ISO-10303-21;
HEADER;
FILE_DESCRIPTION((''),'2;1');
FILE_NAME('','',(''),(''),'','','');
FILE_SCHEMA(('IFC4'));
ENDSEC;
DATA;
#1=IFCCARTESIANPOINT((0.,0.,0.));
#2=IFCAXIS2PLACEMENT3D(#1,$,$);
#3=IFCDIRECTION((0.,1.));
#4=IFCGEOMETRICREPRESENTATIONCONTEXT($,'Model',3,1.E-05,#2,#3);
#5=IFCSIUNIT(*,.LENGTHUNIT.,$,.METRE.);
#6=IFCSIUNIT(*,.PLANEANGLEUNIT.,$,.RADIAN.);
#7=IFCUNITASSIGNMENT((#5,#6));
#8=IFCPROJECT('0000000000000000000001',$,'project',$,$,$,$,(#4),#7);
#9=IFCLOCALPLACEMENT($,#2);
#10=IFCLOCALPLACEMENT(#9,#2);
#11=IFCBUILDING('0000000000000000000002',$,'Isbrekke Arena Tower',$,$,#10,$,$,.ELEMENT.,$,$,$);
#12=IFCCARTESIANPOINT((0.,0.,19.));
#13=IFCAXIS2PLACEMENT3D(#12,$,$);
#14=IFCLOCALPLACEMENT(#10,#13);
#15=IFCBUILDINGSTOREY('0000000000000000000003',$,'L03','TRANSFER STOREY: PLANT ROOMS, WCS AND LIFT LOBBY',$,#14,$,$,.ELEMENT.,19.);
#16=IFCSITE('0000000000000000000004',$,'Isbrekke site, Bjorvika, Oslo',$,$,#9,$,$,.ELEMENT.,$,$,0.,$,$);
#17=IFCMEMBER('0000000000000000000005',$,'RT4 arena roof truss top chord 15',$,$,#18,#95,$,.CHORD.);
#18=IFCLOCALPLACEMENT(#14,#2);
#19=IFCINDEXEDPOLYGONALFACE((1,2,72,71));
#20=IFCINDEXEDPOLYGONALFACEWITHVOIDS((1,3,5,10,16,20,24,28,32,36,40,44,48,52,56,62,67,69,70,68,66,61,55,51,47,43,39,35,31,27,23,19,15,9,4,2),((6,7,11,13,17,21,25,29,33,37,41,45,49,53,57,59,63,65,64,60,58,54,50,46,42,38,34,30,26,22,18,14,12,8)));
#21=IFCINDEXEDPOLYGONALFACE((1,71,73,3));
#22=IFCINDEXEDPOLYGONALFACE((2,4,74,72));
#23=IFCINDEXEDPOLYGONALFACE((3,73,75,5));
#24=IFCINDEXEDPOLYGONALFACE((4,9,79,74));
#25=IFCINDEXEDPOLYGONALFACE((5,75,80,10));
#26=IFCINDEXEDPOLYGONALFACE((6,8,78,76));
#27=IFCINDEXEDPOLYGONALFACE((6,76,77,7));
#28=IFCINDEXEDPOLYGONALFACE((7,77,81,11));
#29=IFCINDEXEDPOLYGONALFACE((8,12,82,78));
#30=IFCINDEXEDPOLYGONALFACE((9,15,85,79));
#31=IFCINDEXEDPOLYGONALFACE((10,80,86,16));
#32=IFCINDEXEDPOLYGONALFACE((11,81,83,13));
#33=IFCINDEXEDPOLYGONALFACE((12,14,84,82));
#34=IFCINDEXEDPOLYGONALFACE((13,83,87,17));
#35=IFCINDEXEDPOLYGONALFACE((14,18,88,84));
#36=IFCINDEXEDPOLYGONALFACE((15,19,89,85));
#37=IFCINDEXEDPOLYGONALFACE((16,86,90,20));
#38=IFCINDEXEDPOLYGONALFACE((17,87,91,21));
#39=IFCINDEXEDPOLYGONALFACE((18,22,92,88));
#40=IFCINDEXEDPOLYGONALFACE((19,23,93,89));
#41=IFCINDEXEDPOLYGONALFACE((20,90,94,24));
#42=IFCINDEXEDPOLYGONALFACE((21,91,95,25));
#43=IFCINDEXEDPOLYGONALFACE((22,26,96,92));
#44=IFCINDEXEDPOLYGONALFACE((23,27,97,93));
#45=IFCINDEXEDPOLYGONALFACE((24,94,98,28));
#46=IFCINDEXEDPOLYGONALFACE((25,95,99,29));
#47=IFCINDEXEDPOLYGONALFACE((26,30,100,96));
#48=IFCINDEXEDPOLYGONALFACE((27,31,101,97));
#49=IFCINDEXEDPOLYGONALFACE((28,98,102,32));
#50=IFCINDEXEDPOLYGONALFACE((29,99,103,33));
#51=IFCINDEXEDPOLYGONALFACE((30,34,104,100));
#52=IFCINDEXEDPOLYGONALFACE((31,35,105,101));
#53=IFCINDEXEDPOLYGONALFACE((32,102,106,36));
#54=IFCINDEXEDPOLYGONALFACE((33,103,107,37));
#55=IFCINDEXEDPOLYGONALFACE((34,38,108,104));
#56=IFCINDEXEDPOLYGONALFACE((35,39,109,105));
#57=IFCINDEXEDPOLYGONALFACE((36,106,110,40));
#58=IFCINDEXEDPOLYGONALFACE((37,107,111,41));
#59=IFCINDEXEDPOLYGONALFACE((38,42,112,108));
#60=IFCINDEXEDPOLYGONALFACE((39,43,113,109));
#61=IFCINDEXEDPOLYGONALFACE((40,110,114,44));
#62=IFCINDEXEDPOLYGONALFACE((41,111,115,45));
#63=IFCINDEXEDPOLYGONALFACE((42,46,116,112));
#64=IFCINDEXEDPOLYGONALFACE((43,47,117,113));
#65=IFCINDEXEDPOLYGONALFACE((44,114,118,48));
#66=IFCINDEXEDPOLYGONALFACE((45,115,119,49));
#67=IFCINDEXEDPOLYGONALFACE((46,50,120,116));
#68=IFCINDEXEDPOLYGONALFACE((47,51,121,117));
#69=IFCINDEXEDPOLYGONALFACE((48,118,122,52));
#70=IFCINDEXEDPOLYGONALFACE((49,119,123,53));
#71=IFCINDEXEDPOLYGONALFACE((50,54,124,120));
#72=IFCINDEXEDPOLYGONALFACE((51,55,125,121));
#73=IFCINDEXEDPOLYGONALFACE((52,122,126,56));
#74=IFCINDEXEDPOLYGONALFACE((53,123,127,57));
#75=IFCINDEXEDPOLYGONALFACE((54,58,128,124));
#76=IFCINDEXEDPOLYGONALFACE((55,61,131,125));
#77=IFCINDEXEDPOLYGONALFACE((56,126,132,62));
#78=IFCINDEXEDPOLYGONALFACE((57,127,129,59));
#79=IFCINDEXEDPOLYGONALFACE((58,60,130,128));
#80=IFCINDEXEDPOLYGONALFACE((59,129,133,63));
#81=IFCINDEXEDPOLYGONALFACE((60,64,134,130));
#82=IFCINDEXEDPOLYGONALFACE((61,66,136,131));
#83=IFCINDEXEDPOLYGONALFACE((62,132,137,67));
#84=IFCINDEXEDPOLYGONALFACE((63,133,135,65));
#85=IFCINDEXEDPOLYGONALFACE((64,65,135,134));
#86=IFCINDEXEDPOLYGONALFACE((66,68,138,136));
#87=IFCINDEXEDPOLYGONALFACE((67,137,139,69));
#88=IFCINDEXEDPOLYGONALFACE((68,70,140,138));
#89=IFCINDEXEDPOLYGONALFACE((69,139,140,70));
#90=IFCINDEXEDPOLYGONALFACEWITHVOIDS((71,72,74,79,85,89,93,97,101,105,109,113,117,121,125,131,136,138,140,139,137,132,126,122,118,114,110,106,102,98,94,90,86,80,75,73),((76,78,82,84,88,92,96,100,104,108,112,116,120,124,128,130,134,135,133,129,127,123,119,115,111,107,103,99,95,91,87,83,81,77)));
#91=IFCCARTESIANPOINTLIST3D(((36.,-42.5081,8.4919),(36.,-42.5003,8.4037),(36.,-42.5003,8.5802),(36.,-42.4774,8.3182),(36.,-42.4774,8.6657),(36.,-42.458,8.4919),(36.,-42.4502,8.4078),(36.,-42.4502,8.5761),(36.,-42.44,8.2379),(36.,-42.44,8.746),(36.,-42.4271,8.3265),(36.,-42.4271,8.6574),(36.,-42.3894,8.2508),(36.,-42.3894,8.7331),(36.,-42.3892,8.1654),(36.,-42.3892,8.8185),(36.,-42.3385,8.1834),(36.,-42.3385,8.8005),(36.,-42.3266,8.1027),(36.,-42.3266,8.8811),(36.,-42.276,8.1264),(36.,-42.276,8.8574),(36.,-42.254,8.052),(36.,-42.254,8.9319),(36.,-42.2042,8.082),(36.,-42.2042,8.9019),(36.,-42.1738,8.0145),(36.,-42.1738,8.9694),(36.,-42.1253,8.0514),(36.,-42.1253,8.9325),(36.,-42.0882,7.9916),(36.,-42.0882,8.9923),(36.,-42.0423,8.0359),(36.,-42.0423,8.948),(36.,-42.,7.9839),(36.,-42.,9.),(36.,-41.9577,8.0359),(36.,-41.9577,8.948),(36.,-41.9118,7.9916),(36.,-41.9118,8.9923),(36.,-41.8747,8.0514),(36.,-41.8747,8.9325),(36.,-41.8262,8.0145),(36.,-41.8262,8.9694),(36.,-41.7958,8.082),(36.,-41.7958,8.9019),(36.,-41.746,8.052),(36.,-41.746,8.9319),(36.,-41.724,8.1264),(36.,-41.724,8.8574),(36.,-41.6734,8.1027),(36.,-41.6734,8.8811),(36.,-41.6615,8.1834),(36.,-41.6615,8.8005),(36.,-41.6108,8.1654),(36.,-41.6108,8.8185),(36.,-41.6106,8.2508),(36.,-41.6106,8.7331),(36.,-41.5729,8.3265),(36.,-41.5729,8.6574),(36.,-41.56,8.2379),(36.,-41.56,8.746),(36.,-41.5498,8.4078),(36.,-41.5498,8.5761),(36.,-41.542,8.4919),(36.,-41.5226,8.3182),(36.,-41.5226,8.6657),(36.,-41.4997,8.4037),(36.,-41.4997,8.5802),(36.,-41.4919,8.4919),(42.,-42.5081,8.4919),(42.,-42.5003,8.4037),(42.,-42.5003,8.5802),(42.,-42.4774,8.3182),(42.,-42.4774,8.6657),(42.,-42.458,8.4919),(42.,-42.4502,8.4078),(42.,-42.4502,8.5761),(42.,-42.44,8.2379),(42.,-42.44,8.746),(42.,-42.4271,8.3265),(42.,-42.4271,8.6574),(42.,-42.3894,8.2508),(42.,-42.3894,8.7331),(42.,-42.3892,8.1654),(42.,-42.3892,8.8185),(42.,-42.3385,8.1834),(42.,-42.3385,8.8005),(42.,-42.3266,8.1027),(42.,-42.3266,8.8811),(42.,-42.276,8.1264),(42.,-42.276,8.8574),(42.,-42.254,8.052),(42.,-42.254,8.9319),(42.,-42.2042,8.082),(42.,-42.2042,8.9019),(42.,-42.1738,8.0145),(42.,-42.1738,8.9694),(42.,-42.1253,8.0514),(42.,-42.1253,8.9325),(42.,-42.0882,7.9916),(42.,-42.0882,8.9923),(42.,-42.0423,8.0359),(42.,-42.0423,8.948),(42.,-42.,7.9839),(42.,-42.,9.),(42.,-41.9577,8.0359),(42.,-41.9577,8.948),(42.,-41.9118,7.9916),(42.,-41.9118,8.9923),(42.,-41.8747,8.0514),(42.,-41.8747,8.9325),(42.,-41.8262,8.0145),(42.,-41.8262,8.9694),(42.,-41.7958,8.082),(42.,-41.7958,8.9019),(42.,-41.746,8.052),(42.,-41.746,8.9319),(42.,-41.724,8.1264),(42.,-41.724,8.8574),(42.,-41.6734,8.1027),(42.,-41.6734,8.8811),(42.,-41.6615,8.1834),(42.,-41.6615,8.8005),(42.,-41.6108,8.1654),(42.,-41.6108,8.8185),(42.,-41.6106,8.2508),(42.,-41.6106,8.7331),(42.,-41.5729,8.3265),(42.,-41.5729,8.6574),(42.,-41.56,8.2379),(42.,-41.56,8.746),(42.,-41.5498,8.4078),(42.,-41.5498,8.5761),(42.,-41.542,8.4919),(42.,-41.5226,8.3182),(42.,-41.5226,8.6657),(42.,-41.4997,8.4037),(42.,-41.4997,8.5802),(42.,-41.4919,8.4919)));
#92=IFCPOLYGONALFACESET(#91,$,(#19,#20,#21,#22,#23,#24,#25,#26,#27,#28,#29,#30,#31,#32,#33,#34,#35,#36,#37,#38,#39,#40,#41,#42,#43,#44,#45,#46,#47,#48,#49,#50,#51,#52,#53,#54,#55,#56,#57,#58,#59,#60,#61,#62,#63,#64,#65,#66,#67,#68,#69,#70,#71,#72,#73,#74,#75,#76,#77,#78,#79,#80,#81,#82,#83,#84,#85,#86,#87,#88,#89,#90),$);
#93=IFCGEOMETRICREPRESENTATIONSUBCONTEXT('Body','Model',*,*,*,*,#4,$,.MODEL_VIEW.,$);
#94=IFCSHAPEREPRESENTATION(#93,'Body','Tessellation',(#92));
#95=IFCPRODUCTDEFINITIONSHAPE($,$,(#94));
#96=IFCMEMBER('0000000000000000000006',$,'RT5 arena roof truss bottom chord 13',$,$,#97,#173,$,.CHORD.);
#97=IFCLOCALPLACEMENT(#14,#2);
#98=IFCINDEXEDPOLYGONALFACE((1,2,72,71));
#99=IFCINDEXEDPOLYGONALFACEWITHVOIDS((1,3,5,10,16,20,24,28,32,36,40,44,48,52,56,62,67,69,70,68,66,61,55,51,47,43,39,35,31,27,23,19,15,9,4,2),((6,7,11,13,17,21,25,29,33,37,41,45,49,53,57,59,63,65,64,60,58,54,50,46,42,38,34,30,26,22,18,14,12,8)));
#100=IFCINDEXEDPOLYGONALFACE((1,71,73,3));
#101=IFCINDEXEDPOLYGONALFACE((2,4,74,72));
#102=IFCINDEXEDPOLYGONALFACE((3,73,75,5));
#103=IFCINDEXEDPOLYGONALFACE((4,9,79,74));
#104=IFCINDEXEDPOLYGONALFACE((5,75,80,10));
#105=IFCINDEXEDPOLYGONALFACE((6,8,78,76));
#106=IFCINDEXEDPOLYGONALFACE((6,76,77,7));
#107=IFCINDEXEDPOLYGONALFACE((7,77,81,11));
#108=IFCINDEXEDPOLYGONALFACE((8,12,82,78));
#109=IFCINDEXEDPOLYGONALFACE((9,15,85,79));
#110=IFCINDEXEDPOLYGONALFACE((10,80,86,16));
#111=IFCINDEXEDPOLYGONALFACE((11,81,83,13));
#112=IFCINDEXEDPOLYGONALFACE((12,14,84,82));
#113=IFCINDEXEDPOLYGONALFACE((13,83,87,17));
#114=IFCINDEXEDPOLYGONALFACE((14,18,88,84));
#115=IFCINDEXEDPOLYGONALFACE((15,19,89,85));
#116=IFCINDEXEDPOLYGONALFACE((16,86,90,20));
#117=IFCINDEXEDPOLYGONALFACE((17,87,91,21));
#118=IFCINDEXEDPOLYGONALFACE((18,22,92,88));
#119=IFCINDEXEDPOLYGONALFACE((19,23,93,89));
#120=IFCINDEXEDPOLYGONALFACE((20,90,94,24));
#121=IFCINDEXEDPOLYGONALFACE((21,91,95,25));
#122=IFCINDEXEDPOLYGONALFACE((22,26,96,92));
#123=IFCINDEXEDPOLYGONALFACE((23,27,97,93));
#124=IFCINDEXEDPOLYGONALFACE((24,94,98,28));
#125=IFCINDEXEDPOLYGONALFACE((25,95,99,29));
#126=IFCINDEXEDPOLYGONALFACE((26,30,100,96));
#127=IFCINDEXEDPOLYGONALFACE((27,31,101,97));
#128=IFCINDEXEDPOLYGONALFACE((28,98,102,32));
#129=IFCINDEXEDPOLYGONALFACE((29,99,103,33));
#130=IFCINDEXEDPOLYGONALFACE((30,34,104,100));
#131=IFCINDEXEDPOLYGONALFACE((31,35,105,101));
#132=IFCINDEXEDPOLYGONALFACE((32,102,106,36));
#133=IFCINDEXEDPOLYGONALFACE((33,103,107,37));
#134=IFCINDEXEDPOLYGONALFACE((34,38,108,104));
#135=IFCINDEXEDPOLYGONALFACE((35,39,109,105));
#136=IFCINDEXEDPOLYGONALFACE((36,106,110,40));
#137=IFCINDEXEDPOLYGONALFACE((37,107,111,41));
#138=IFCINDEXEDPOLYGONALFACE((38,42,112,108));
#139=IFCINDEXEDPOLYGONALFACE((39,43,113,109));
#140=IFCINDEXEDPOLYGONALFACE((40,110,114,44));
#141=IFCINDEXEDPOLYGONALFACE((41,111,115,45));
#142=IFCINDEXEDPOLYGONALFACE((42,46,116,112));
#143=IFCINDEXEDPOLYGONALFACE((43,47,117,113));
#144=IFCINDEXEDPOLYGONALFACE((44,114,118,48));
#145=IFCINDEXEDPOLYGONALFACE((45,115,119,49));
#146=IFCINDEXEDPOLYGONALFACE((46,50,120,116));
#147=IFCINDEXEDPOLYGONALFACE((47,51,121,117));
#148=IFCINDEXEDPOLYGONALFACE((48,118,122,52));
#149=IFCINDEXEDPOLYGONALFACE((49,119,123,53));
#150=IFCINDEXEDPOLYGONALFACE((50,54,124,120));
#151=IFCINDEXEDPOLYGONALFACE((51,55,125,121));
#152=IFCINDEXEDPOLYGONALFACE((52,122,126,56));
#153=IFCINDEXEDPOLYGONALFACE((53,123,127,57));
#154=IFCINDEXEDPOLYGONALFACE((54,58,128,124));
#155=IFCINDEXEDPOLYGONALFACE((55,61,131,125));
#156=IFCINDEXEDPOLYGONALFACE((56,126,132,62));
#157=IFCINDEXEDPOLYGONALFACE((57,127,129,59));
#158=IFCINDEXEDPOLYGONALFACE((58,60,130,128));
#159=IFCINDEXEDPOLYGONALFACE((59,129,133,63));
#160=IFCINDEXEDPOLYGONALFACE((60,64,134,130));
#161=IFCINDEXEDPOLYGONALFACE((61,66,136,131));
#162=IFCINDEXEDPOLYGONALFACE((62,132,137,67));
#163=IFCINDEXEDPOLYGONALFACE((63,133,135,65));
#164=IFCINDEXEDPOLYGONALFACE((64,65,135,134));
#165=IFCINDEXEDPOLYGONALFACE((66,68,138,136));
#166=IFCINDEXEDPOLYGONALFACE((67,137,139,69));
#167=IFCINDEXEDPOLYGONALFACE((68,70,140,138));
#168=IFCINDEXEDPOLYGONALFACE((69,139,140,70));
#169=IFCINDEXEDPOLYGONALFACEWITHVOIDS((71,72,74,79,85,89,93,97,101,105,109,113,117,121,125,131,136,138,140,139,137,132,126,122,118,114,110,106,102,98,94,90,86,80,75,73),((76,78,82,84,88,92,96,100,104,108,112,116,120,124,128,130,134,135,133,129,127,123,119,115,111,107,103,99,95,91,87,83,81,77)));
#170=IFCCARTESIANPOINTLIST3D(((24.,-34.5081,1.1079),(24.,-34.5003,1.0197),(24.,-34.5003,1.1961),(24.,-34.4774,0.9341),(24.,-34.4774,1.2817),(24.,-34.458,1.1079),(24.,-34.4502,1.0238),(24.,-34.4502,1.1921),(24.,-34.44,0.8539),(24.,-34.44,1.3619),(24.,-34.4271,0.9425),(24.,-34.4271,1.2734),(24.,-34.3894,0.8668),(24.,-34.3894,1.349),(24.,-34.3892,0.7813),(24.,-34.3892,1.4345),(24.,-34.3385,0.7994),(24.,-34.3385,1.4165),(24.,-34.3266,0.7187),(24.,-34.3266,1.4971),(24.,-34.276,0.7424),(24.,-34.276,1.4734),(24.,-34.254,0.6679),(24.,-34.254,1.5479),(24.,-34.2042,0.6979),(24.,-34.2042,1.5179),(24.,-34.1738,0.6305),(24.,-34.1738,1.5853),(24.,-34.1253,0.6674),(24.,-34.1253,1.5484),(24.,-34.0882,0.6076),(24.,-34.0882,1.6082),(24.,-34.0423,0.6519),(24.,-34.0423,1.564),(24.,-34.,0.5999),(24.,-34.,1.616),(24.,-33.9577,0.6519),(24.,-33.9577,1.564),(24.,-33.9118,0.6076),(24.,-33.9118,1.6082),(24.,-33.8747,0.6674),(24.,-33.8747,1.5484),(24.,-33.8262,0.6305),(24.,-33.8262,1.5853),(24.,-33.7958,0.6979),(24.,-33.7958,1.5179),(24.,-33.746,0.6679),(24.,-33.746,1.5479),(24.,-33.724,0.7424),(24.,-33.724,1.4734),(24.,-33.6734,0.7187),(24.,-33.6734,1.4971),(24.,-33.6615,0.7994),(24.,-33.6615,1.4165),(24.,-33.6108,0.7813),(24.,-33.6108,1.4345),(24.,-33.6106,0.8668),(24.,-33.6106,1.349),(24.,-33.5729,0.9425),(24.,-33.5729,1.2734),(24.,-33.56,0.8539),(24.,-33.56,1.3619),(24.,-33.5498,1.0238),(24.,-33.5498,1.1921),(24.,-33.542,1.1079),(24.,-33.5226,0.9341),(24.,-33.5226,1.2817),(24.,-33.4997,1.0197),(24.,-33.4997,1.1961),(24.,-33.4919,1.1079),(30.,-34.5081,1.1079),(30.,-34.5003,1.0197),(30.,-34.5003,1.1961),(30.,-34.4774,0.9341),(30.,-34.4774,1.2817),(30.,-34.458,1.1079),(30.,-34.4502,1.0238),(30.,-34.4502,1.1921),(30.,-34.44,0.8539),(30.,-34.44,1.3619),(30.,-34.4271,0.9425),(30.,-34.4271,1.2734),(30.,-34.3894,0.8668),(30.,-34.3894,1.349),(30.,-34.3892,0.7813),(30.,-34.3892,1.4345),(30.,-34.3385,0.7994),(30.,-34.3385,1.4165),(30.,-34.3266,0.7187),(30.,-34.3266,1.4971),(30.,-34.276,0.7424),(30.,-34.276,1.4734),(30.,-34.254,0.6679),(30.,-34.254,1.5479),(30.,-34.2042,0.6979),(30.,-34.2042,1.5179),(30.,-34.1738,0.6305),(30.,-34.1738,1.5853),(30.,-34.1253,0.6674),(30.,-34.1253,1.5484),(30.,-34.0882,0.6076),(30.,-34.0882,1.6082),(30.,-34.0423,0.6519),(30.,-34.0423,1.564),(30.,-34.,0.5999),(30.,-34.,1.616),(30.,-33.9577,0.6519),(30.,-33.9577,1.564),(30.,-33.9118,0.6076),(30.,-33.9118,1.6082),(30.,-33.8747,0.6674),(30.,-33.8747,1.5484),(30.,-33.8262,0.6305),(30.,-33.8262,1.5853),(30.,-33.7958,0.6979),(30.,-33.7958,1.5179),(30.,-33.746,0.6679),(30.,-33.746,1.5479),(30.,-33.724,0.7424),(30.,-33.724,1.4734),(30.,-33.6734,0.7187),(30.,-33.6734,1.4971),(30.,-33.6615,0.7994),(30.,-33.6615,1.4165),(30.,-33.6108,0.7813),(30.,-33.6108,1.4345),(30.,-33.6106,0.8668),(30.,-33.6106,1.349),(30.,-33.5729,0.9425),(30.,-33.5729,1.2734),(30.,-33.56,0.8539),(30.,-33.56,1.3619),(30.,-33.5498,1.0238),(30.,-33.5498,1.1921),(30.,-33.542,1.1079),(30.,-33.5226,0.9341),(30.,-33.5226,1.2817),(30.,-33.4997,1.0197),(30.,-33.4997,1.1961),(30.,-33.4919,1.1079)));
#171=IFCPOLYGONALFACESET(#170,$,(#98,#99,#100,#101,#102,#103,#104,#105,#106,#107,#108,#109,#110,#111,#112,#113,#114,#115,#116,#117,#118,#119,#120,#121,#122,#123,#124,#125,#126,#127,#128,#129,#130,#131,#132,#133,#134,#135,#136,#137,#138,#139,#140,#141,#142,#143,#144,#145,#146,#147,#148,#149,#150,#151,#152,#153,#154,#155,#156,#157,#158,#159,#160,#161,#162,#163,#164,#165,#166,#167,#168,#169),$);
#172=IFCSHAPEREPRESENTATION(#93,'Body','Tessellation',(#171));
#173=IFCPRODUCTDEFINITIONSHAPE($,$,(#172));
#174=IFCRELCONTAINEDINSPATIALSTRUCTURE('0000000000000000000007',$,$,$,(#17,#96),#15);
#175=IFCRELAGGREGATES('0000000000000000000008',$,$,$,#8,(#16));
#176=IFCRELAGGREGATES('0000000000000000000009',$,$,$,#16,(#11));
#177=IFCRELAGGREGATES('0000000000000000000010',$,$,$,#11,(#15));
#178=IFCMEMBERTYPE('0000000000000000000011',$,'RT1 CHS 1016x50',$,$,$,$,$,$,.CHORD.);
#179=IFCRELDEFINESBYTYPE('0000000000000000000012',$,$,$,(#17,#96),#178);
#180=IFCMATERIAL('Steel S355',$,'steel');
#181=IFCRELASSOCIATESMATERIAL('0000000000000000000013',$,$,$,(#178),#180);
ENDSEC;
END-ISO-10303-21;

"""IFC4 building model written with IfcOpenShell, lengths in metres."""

from ifc_helpers import new_model, si_unit, direction, frame, origin, origin_2d, place, context, subcontext, project, spatial, hollow_circle, extrude, material, material_profile, profile_set, type_object, element, save


model = new_model("IFC4")

# Units and contexts
model_context = context("Model", 3, precision=1e-05, world=origin(), true_north=direction((0.0, 1.0)))
body_context = subcontext(model_context, "Body", "Model", "MODEL_VIEW")
ifc_project = project(units=[si_unit("LENGTHUNIT", "METRE"), si_unit("PLANEANGLEUNIT", "RADIAN")], contexts=[model_context])

# Site, building, storey
site_placement = place(None, origin())
site = spatial("IfcSite", under=ifc_project, at=site_placement, Name="Isbrekke site, Bjorvika, Oslo", CompositionType="ELEMENT", RefElevation=0.0)
building_placement = place(site_placement, origin())
building = spatial("IfcBuilding", under=site, at=building_placement, Name="Isbrekke Arena Tower", CompositionType="ELEMENT")
storey_placement = place(building_placement, frame((0.0, 0.0, 19.0)))
storey = spatial("IfcBuildingStorey", under=building, at=storey_placement, Name="L03", Description="TRANSFER STOREY: PLANT ROOMS, WCS AND LIFT LOBBY", CompositionType="ELEMENT", Elevation=19.0)

# Members
ifc_material_1 = material(Name="Steel S355", Category="steel")
ifc_material_profile_1 = material_profile(ifc_material_1, hollow_circle(Radius=0.5081, WallThickness=0.05, at=origin_2d()), Name="CHS 1016x50")
ifc_profile_set_1 = profile_set([ifc_material_profile_1], Name="Steel S355")
member_type_1 = type_object("IfcMemberType", Name="RT1 CHS 1016x50", PredefinedType="CHORD", material=ifc_profile_set_1)
for number, where, z_axis, x_axis, name in (
    (1, (36.0, -42.0, 8.4919), (1.0, 0.0, 0.0), (0.0, 1.0, 0.0), "RT4 arena roof truss top chord 15"),
    (2, (24.0, -34.0, 1.1079), (1.0, 0.0, 0.0), (0.0, 1.0, 0.0), "RT5 arena roof truss bottom chord 13"),
):
    element("IfcMember", number, at=place(storey_placement, frame(where, z_axis=z_axis, x_axis=x_axis)), inside=storey, type_object=member_type_1, Name=name, PredefinedType="CHORD", context=body_context, shape_type="SweptSolid", body=[
        extrude(hollow_circle(Radius=0.5081, WallThickness=0.05, at=origin_2d()), origin(), (0.0, 0.0, 1.0), 6.0),
    ])

save(model, "model.ifc")
